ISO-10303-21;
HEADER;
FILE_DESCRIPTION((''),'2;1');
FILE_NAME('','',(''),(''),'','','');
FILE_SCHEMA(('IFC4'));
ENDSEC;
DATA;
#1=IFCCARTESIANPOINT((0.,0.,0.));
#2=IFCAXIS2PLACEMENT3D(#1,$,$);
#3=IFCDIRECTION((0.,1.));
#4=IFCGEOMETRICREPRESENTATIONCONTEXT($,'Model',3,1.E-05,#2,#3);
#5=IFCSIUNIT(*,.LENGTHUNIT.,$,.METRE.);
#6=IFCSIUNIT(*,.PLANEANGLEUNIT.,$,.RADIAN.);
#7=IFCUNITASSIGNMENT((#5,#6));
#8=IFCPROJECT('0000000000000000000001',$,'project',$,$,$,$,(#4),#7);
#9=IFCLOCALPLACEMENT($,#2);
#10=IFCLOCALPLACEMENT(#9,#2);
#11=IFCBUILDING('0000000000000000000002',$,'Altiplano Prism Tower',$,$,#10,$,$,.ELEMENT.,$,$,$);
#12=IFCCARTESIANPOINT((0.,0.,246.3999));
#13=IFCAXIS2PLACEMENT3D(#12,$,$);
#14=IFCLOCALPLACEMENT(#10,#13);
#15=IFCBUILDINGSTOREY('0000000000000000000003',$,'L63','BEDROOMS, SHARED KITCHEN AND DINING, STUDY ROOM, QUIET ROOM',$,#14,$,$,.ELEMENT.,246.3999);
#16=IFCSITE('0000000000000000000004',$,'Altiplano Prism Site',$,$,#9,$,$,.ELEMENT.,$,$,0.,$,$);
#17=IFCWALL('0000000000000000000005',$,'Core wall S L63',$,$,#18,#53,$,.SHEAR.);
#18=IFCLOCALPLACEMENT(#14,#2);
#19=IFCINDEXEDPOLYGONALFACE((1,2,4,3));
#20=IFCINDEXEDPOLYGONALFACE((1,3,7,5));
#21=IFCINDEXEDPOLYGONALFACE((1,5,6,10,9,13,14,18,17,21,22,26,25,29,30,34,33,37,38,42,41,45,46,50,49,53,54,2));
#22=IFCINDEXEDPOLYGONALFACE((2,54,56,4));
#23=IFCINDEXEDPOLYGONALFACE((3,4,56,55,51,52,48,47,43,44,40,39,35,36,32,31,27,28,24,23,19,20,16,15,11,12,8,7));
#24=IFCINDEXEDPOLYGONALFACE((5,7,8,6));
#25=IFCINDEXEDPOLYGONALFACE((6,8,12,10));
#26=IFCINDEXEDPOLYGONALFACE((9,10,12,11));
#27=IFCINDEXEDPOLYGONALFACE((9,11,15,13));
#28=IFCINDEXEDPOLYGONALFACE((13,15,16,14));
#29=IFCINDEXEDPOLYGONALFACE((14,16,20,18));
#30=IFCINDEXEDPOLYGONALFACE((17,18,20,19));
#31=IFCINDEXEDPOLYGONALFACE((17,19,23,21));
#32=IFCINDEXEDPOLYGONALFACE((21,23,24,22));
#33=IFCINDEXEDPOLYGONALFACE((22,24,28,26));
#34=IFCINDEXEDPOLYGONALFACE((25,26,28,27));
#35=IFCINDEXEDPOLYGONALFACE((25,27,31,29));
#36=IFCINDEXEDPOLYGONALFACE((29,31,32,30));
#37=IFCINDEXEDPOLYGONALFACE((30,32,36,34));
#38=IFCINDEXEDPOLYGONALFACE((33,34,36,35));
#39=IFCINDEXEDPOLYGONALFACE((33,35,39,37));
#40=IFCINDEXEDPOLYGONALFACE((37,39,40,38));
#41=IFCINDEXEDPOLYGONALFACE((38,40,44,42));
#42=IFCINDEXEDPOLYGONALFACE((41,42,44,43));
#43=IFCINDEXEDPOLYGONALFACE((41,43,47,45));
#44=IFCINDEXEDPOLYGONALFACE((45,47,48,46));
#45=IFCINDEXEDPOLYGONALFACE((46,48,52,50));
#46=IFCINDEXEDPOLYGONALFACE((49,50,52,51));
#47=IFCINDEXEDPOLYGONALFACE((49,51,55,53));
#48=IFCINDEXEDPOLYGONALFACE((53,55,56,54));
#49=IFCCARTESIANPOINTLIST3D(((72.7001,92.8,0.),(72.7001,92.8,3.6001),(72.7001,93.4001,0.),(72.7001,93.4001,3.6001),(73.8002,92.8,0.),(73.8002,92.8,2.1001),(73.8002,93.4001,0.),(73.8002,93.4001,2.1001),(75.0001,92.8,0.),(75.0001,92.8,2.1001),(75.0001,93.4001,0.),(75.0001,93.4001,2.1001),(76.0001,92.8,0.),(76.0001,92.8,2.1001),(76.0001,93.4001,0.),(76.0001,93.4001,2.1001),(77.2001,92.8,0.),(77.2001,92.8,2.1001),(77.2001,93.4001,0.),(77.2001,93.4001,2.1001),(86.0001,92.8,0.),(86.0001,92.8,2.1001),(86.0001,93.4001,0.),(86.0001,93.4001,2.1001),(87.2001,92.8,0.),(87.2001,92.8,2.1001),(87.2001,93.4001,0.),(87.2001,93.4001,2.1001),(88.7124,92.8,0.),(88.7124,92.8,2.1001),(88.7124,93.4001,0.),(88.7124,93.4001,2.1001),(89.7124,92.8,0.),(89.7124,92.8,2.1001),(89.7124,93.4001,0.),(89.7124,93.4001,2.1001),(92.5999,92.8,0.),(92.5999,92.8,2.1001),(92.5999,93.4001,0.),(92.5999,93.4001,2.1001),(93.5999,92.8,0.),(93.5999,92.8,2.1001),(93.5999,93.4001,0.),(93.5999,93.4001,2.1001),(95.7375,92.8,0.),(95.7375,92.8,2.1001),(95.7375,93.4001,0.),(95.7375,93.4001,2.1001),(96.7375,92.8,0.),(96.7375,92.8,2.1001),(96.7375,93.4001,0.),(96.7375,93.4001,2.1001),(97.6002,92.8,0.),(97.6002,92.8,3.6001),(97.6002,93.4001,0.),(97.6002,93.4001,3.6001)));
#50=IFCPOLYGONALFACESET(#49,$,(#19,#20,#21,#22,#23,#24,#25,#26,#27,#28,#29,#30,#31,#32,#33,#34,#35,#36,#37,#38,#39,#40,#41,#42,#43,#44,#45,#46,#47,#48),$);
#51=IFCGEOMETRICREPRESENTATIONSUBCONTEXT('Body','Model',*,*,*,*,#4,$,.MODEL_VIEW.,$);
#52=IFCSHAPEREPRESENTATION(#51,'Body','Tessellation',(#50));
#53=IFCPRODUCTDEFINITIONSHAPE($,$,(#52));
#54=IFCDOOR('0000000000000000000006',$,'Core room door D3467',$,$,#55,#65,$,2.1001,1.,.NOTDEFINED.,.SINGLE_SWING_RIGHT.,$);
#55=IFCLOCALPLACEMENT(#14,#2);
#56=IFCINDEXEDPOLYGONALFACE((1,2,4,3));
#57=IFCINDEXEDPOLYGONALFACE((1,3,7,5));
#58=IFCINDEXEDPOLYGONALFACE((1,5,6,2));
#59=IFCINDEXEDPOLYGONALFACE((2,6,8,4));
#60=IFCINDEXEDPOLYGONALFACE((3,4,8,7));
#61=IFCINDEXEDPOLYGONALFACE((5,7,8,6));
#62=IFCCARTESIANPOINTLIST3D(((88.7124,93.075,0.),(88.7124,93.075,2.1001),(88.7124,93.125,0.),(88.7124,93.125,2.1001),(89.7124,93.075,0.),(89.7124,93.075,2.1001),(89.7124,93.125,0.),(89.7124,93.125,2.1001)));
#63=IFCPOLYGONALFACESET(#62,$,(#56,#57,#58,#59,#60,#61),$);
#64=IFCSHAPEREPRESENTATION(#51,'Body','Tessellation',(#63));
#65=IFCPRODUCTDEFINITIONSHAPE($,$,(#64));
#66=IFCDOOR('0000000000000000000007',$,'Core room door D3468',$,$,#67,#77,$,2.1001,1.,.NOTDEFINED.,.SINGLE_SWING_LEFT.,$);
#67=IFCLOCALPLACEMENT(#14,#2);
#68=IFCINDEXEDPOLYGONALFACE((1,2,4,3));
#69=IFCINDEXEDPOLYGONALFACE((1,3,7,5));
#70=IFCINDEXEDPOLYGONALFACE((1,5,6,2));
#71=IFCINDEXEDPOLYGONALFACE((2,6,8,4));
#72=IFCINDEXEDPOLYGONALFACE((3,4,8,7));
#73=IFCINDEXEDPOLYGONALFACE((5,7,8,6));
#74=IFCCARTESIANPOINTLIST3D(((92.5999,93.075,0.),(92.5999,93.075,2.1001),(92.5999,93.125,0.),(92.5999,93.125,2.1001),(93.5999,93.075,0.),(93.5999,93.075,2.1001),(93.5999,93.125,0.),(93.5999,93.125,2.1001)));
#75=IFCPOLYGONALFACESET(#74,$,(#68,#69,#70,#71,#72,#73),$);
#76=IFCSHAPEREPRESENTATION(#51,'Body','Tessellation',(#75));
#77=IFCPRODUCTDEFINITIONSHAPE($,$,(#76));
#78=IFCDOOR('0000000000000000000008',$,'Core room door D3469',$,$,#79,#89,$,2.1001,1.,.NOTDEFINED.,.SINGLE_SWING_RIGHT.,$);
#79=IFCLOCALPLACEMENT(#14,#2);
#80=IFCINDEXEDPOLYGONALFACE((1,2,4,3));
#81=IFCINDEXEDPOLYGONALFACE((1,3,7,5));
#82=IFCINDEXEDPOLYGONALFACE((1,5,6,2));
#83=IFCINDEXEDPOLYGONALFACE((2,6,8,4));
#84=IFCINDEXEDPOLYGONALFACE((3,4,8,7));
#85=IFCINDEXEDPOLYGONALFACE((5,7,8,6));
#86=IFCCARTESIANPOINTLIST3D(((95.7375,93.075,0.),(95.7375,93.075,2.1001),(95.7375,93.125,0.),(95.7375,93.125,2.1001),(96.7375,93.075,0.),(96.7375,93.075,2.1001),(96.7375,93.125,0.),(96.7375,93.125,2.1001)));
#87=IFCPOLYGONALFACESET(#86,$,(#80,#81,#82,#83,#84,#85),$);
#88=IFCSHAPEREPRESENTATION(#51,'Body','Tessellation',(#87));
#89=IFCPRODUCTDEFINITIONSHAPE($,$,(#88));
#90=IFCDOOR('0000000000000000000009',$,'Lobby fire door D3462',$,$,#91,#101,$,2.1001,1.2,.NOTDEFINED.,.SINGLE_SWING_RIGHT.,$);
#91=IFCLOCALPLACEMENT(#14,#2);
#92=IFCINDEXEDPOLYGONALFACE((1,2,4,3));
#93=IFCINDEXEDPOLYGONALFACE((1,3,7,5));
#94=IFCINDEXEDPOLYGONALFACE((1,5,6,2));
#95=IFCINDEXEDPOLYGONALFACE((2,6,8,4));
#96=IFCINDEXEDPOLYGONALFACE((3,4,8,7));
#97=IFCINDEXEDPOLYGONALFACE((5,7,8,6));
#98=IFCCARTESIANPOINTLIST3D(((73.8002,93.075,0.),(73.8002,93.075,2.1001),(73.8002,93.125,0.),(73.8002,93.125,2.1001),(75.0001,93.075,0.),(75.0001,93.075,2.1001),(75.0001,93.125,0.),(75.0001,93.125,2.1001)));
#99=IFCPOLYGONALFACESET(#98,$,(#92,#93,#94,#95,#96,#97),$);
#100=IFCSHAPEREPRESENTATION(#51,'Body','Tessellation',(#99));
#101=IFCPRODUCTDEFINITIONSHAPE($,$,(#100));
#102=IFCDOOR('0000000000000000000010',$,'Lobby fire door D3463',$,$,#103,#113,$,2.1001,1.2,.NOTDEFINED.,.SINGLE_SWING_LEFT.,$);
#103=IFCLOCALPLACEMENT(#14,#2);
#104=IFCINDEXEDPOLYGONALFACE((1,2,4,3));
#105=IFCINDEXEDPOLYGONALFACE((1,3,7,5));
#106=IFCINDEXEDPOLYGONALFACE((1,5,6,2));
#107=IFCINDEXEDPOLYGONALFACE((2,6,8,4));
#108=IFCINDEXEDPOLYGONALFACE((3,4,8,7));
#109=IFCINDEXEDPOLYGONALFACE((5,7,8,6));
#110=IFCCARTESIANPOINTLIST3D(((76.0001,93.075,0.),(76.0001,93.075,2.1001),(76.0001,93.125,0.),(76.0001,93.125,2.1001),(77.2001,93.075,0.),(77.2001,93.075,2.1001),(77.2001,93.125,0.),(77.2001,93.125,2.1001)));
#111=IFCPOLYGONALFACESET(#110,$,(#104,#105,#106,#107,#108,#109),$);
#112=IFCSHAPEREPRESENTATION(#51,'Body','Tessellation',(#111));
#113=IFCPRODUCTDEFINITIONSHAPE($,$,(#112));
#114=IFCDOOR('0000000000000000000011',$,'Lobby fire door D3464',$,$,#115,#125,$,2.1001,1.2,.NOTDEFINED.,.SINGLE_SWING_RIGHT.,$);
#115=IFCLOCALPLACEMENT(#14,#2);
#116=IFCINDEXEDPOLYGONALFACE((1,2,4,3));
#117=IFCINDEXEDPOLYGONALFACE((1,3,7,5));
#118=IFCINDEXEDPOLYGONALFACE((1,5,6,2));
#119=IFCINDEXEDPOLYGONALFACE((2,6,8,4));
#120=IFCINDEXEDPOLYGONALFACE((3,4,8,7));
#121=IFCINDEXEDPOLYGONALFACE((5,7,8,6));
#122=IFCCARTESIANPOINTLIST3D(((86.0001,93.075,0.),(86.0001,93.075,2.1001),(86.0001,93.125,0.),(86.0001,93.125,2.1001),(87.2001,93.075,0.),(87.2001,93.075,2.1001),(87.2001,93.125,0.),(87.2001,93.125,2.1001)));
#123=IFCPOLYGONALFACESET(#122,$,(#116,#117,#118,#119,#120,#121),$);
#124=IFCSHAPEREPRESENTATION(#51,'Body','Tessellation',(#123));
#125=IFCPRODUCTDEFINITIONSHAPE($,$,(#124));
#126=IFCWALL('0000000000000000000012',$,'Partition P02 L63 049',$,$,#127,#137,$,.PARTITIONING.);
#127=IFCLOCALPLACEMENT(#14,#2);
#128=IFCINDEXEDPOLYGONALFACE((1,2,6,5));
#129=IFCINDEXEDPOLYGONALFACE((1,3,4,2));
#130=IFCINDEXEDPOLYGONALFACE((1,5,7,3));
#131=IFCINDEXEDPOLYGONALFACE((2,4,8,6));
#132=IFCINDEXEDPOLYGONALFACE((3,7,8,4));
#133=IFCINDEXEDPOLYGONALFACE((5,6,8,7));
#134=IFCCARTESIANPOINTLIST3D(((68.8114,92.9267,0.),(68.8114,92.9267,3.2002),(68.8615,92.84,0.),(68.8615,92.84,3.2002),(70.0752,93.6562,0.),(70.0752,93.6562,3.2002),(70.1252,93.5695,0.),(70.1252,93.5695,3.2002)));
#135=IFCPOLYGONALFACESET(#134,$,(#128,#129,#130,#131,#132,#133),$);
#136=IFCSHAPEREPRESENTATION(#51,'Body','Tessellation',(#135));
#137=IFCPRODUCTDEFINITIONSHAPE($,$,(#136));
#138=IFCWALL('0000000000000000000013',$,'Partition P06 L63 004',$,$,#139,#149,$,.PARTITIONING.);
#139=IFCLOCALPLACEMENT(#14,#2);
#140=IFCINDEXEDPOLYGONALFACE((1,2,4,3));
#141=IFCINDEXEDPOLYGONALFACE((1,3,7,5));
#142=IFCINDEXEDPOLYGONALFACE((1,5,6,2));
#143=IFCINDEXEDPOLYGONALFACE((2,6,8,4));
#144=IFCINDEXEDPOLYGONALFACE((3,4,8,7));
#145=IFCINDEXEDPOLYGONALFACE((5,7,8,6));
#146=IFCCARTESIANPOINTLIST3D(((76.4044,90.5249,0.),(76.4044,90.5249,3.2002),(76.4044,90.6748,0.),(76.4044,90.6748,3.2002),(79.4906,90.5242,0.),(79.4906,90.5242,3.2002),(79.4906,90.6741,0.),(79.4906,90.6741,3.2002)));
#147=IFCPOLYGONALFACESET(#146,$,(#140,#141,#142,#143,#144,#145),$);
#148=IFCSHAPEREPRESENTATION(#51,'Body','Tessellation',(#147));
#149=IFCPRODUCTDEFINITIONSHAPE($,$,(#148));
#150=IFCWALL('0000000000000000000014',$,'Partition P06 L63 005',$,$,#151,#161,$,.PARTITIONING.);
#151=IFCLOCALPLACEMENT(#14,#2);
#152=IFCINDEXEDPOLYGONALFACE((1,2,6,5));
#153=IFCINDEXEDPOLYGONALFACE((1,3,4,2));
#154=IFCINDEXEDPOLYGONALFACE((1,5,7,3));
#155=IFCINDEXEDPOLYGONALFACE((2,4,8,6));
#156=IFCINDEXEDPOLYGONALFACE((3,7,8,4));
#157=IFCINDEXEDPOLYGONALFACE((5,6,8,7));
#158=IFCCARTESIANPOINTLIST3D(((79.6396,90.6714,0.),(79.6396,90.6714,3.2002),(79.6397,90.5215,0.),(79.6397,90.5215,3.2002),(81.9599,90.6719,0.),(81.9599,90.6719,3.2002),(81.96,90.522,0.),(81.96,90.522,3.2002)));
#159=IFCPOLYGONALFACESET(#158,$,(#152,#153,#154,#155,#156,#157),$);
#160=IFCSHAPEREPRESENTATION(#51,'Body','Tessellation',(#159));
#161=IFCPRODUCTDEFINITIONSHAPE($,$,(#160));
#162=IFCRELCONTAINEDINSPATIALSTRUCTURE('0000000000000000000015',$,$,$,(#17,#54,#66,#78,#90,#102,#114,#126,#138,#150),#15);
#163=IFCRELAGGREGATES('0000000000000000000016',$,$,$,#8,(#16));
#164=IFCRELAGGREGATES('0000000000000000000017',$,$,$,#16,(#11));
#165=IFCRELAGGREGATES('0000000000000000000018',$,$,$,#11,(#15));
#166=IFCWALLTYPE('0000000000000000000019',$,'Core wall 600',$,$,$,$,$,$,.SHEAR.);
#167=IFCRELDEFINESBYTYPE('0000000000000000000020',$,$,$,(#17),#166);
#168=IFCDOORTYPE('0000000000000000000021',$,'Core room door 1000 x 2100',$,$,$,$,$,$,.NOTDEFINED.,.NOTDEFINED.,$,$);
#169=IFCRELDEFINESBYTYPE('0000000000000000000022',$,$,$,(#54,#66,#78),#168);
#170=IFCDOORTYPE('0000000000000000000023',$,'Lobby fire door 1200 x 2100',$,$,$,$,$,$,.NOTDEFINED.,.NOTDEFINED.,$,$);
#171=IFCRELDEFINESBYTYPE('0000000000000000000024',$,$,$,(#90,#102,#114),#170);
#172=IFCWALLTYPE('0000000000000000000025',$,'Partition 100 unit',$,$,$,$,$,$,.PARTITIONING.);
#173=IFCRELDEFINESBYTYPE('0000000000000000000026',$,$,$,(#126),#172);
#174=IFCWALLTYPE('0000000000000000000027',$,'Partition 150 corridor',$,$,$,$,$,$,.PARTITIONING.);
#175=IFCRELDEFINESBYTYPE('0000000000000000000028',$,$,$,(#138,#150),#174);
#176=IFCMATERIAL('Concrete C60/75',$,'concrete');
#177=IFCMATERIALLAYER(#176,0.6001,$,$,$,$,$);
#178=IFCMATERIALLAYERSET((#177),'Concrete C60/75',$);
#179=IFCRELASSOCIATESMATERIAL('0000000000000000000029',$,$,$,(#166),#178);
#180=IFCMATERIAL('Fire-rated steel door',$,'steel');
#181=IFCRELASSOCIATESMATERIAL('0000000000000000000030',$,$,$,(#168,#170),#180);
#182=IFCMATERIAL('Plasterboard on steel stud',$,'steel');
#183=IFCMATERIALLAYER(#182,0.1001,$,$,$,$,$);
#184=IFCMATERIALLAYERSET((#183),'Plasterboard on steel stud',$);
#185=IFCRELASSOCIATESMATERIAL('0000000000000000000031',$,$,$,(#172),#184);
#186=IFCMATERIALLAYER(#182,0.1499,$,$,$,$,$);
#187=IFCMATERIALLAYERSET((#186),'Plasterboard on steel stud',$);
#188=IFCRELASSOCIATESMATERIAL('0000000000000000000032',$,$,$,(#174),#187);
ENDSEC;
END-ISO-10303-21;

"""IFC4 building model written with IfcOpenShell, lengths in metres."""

from ifc_helpers import new_model, si_unit, direction, frame, frame_2d, origin, place, context, subcontext, project, spatial, rectangle, extrude, material, layer, layer_set, type_object, element, fill, save


model = new_model("IFC4")

# Units and contexts
model_context = context("Model", 3, precision=1e-05, world=origin(), true_north=direction((0.0, 1.0)))
body_context = subcontext(model_context, "Body", "Model", "MODEL_VIEW")
ifc_project = project(units=[si_unit("LENGTHUNIT", "METRE"), si_unit("PLANEANGLEUNIT", "RADIAN")], contexts=[model_context])

# Site, building, storey
site_placement = place(None, origin())
site = spatial("IfcSite", under=ifc_project, at=site_placement, Name="Altiplano Prism Site", CompositionType="ELEMENT", RefElevation=0.0)
building_placement = place(site_placement, origin())
building = spatial("IfcBuilding", under=site, at=building_placement, Name="Altiplano Prism Tower", CompositionType="ELEMENT")
storey_placement = place(building_placement, frame((0.0, 0.0, 246.3999)))
storey = spatial("IfcBuildingStorey", under=building, at=storey_placement, Name="L63", Description="BEDROOMS, SHARED KITCHEN AND DINING, STUDY ROOM, QUIET ROOM", CompositionType="ELEMENT", Elevation=246.3999)

# Wall, openings, doors
ifc_material_1 = material(Name="Concrete C60/75", Category="concrete")
ifc_layer_1 = layer(ifc_material_1, 0.6001)
ifc_layer_set_1 = layer_set([ifc_layer_1], Name="Concrete C60/75")
wall_type_1 = type_object("IfcWallType", Name="Core wall 600", PredefinedType="SHEAR", material=ifc_layer_set_1)
wall_1_placement = place(storey_placement, frame((72.7, 93.1001, 0.0), z_axis=(0.0, 0.0, 1.0), x_axis=(1.0, 0.0, 0.0)))
wall_1 = element("IfcWall", 1, at=wall_1_placement, inside=storey, type_object=wall_type_1, Name="Core wall S L63", PredefinedType="SHEAR", context=body_context, shape_type="SweptSolid", body=[
    extrude(rectangle(XDim=24.9001, YDim=0.6001, at=frame_2d((12.4502, 0.0))), origin(), (0.0, 0.0, 1.0), 3.6001),
])
opening_1_placement = place(wall_1_placement, frame((1.1001, 0.0, 0.0)))
opening_1 = element("IfcOpeningElement", 2, at=opening_1_placement, cuts=wall_1, PredefinedType="OPENING", context=body_context, shape_type="SweptSolid", body=[
    extrude(rectangle(XDim=1.2, YDim=2.1001, at=frame_2d((0.6001, 1.05))), frame((0.0, 0.3105, 0.0), z_axis=(0.0, -1.0, 0.0), x_axis=(1.0, 0.0, 0.0)), (0.0, 0.0, 1.0), 0.6211),
])
opening_2_placement = place(wall_1_placement, frame((3.3, 0.0, 0.0)))
opening_2 = element("IfcOpeningElement", 3, at=opening_2_placement, cuts=wall_1, PredefinedType="OPENING", context=body_context, shape_type="SweptSolid", body=[
    extrude(rectangle(XDim=1.2, YDim=2.1001, at=frame_2d((0.6001, 1.05))), frame((0.0, 0.3105, 0.0), z_axis=(0.0, -1.0, 0.0), x_axis=(1.0, 0.0, 0.0)), (0.0, 0.0, 1.0), 0.6211),
])
opening_3_placement = place(wall_1_placement, frame((13.3, 0.0, 0.0)))
opening_3 = element("IfcOpeningElement", 4, at=opening_3_placement, cuts=wall_1, PredefinedType="OPENING", context=body_context, shape_type="SweptSolid", body=[
    extrude(rectangle(XDim=1.2, YDim=2.1001, at=frame_2d((0.6001, 1.05))), frame((0.0, 0.3105, 0.0), z_axis=(0.0, -1.0, 0.0), x_axis=(1.0, 0.0, 0.0)), (0.0, 0.0, 1.0), 0.6211),
])
opening_4_placement = place(wall_1_placement, frame((16.0125, 0.0, 0.0)))
opening_4 = element("IfcOpeningElement", 5, at=opening_4_placement, cuts=wall_1, PredefinedType="OPENING", context=body_context, shape_type="SweptSolid", body=[
    extrude(rectangle(XDim=1.0, YDim=2.1001, at=frame_2d((0.5, 1.05))), frame((0.0, 0.3105, 0.0), z_axis=(0.0, -1.0, 0.0), x_axis=(1.0, 0.0, 0.0)), (0.0, 0.0, 1.0), 0.6211),
])
opening_5_placement = place(wall_1_placement, frame((19.8999, 0.0, 0.0)))
opening_5 = element("IfcOpeningElement", 6, at=opening_5_placement, cuts=wall_1, PredefinedType="OPENING", context=body_context, shape_type="SweptSolid", body=[
    extrude(rectangle(XDim=1.0, YDim=2.1001, at=frame_2d((0.5, 1.05))), frame((0.0, 0.3105, 0.0), z_axis=(0.0, -1.0, 0.0), x_axis=(1.0, 0.0, 0.0)), (0.0, 0.0, 1.0), 0.6211),
])
opening_6_placement = place(wall_1_placement, frame((23.0376, 0.0, 0.0)))
opening_6 = element("IfcOpeningElement", 7, at=opening_6_placement, cuts=wall_1, PredefinedType="OPENING", context=body_context, shape_type="SweptSolid", body=[
    extrude(rectangle(XDim=1.0, YDim=2.1001, at=frame_2d((0.5, 1.05))), frame((0.0, 0.3105, 0.0), z_axis=(0.0, -1.0, 0.0), x_axis=(1.0, 0.0, 0.0)), (0.0, 0.0, 1.0), 0.6211),
])
ifc_material_2 = material(Name="Fire-rated steel door", Category="steel")
door_type_1 = type_object("IfcDoorType", Name="Core room door 1000 x 2100", OperationType="NOTDEFINED", PredefinedType="NOTDEFINED", material=ifc_material_2)
door_1_placement = place(opening_4_placement, origin())
door_1 = element("IfcDoor", 8, at=door_1_placement, inside=storey, type_object=door_type_1, Name="Core room door D3467", OperationType="SINGLE_SWING_RIGHT", OverallHeight=2.1001, OverallWidth=1.0, PredefinedType="NOTDEFINED", context=body_context, shape_type="SweptSolid", body=[
    extrude(rectangle(XDim=1.0, YDim=2.1001, at=frame_2d((0.5, 1.05))), frame((0.0, 0.0249, 0.0), z_axis=(0.0, -1.0, 0.0), x_axis=(1.0, 0.0, 0.0)), (0.0, 0.0, 1.0), 0.05),
])
fill(opening_4, door_1)
door_2_placement = place(opening_5_placement, origin())
door_2 = element("IfcDoor", 9, at=door_2_placement, inside=storey, type_object=door_type_1, Name="Core room door D3468", OperationType="SINGLE_SWING_LEFT", OverallHeight=2.1001, OverallWidth=1.0, PredefinedType="NOTDEFINED", context=body_context, shape_type="SweptSolid", body=[
    extrude(rectangle(XDim=1.0, YDim=2.1001, at=frame_2d((0.5, 1.05))), frame((0.0, 0.0249, 0.0), z_axis=(0.0, -1.0, 0.0), x_axis=(1.0, 0.0, 0.0)), (0.0, 0.0, 1.0), 0.05),
])
fill(opening_5, door_2)
door_3_placement = place(opening_6_placement, origin())
door_3 = element("IfcDoor", 10, at=door_3_placement, inside=storey, type_object=door_type_1, Name="Core room door D3469", OperationType="SINGLE_SWING_RIGHT", OverallHeight=2.1001, OverallWidth=1.0, PredefinedType="NOTDEFINED", context=body_context, shape_type="SweptSolid", body=[
    extrude(rectangle(XDim=1.0, YDim=2.1001, at=frame_2d((0.5, 1.05))), frame((0.0, 0.0249, 0.0), z_axis=(0.0, -1.0, 0.0), x_axis=(1.0, 0.0, 0.0)), (0.0, 0.0, 1.0), 0.05),
])
fill(opening_6, door_3)
door_type_2 = type_object("IfcDoorType", Name="Lobby fire door 1200 x 2100", OperationType="NOTDEFINED", PredefinedType="NOTDEFINED", material=ifc_material_2)
door_4_placement = place(opening_1_placement, origin())
door_4 = element("IfcDoor", 11, at=door_4_placement, inside=storey, type_object=door_type_2, Name="Lobby fire door D3462", OperationType="SINGLE_SWING_RIGHT", OverallHeight=2.1001, OverallWidth=1.2, PredefinedType="NOTDEFINED", context=body_context, shape_type="SweptSolid", body=[
    extrude(rectangle(XDim=1.2, YDim=2.1001, at=frame_2d((0.6001, 1.05))), frame((0.0, 0.0249, 0.0), z_axis=(0.0, -1.0, 0.0), x_axis=(1.0, 0.0, 0.0)), (0.0, 0.0, 1.0), 0.05),
])
fill(opening_1, door_4)
door_5_placement = place(opening_2_placement, origin())
door_5 = element("IfcDoor", 12, at=door_5_placement, inside=storey, type_object=door_type_2, Name="Lobby fire door D3463", OperationType="SINGLE_SWING_LEFT", OverallHeight=2.1001, OverallWidth=1.2, PredefinedType="NOTDEFINED", context=body_context, shape_type="SweptSolid", body=[
    extrude(rectangle(XDim=1.2, YDim=2.1001, at=frame_2d((0.6001, 1.05))), frame((0.0, 0.0249, 0.0), z_axis=(0.0, -1.0, 0.0), x_axis=(1.0, 0.0, 0.0)), (0.0, 0.0, 1.0), 0.05),
])
fill(opening_2, door_5)
door_6_placement = place(opening_3_placement, origin())
door_6 = element("IfcDoor", 13, at=door_6_placement, inside=storey, type_object=door_type_2, Name="Lobby fire door D3464", OperationType="SINGLE_SWING_RIGHT", OverallHeight=2.1001, OverallWidth=1.2, PredefinedType="NOTDEFINED", context=body_context, shape_type="SweptSolid", body=[
    extrude(rectangle(XDim=1.2, YDim=2.1001, at=frame_2d((0.6001, 1.05))), frame((0.0, 0.0249, 0.0), z_axis=(0.0, -1.0, 0.0), x_axis=(1.0, 0.0, 0.0)), (0.0, 0.0, 1.0), 0.05),
])
fill(opening_3, door_6)

# Walls
ifc_material_3 = material(Name="Plasterboard on steel stud", Category="steel")
ifc_layer_2 = layer(ifc_material_3, 0.1001)
ifc_layer_set_2 = layer_set([ifc_layer_2], Name="Plasterboard on steel stud")
wall_type_2 = type_object("IfcWallType", Name="Partition 100 unit", PredefinedType="PARTITIONING", material=ifc_layer_set_2)
wall_2_placement = place(storey_placement, frame((70.1001, 93.6128, 0.0), z_axis=(0.0, 0.0, 1.0), x_axis=(-0.866052, -0.499954, 0.0)))
element("IfcWall", 14, at=wall_2_placement, inside=storey, type_object=wall_type_2, Name="Partition P02 L63 049", PredefinedType="PARTITIONING", context=body_context, shape_type="SweptSolid", body=[
    extrude(rectangle(XDim=1.4592, YDim=0.1001, at=frame_2d((0.7295, 0.0))), origin(), (0.0, 0.0, 1.0), 3.2002),
])
ifc_layer_3 = layer(ifc_material_3, 0.1499)
ifc_layer_set_3 = layer_set([ifc_layer_3], Name="Plasterboard on steel stud")
wall_type_3 = type_object("IfcWallType", Name="Partition 150 corridor", PredefinedType="PARTITIONING", material=ifc_layer_set_3)
wall_3_placement = place(storey_placement, frame((76.4045, 90.5999, 0.0), z_axis=(0.0, 0.0, 1.0), x_axis=(1.0, -0.000237, 0.0)))
element("IfcWall", 15, at=wall_3_placement, inside=storey, type_object=wall_type_3, Name="Partition P06 L63 004", PredefinedType="PARTITIONING", context=body_context, shape_type="SweptSolid", body=[
    extrude(rectangle(XDim=3.0862, YDim=0.1499, at=frame_2d((1.543, 0.0))), origin(), (0.0, 0.0, 1.0), 3.2002),
])
wall_4_placement = place(storey_placement, frame((79.6396, 90.5964, 0.0), z_axis=(0.0, 0.0, 1.0), x_axis=(1.0, 0.00021, 0.0)))
element("IfcWall", 16, at=wall_4_placement, inside=storey, type_object=wall_type_3, Name="Partition P06 L63 005", PredefinedType="PARTITIONING", context=body_context, shape_type="SweptSolid", body=[
    extrude(rectangle(XDim=2.3203, YDim=0.1499, at=frame_2d((1.1602, 0.0))), origin(), (0.0, 0.0, 1.0), 3.2002),
])

save(model, "model.ifc")
